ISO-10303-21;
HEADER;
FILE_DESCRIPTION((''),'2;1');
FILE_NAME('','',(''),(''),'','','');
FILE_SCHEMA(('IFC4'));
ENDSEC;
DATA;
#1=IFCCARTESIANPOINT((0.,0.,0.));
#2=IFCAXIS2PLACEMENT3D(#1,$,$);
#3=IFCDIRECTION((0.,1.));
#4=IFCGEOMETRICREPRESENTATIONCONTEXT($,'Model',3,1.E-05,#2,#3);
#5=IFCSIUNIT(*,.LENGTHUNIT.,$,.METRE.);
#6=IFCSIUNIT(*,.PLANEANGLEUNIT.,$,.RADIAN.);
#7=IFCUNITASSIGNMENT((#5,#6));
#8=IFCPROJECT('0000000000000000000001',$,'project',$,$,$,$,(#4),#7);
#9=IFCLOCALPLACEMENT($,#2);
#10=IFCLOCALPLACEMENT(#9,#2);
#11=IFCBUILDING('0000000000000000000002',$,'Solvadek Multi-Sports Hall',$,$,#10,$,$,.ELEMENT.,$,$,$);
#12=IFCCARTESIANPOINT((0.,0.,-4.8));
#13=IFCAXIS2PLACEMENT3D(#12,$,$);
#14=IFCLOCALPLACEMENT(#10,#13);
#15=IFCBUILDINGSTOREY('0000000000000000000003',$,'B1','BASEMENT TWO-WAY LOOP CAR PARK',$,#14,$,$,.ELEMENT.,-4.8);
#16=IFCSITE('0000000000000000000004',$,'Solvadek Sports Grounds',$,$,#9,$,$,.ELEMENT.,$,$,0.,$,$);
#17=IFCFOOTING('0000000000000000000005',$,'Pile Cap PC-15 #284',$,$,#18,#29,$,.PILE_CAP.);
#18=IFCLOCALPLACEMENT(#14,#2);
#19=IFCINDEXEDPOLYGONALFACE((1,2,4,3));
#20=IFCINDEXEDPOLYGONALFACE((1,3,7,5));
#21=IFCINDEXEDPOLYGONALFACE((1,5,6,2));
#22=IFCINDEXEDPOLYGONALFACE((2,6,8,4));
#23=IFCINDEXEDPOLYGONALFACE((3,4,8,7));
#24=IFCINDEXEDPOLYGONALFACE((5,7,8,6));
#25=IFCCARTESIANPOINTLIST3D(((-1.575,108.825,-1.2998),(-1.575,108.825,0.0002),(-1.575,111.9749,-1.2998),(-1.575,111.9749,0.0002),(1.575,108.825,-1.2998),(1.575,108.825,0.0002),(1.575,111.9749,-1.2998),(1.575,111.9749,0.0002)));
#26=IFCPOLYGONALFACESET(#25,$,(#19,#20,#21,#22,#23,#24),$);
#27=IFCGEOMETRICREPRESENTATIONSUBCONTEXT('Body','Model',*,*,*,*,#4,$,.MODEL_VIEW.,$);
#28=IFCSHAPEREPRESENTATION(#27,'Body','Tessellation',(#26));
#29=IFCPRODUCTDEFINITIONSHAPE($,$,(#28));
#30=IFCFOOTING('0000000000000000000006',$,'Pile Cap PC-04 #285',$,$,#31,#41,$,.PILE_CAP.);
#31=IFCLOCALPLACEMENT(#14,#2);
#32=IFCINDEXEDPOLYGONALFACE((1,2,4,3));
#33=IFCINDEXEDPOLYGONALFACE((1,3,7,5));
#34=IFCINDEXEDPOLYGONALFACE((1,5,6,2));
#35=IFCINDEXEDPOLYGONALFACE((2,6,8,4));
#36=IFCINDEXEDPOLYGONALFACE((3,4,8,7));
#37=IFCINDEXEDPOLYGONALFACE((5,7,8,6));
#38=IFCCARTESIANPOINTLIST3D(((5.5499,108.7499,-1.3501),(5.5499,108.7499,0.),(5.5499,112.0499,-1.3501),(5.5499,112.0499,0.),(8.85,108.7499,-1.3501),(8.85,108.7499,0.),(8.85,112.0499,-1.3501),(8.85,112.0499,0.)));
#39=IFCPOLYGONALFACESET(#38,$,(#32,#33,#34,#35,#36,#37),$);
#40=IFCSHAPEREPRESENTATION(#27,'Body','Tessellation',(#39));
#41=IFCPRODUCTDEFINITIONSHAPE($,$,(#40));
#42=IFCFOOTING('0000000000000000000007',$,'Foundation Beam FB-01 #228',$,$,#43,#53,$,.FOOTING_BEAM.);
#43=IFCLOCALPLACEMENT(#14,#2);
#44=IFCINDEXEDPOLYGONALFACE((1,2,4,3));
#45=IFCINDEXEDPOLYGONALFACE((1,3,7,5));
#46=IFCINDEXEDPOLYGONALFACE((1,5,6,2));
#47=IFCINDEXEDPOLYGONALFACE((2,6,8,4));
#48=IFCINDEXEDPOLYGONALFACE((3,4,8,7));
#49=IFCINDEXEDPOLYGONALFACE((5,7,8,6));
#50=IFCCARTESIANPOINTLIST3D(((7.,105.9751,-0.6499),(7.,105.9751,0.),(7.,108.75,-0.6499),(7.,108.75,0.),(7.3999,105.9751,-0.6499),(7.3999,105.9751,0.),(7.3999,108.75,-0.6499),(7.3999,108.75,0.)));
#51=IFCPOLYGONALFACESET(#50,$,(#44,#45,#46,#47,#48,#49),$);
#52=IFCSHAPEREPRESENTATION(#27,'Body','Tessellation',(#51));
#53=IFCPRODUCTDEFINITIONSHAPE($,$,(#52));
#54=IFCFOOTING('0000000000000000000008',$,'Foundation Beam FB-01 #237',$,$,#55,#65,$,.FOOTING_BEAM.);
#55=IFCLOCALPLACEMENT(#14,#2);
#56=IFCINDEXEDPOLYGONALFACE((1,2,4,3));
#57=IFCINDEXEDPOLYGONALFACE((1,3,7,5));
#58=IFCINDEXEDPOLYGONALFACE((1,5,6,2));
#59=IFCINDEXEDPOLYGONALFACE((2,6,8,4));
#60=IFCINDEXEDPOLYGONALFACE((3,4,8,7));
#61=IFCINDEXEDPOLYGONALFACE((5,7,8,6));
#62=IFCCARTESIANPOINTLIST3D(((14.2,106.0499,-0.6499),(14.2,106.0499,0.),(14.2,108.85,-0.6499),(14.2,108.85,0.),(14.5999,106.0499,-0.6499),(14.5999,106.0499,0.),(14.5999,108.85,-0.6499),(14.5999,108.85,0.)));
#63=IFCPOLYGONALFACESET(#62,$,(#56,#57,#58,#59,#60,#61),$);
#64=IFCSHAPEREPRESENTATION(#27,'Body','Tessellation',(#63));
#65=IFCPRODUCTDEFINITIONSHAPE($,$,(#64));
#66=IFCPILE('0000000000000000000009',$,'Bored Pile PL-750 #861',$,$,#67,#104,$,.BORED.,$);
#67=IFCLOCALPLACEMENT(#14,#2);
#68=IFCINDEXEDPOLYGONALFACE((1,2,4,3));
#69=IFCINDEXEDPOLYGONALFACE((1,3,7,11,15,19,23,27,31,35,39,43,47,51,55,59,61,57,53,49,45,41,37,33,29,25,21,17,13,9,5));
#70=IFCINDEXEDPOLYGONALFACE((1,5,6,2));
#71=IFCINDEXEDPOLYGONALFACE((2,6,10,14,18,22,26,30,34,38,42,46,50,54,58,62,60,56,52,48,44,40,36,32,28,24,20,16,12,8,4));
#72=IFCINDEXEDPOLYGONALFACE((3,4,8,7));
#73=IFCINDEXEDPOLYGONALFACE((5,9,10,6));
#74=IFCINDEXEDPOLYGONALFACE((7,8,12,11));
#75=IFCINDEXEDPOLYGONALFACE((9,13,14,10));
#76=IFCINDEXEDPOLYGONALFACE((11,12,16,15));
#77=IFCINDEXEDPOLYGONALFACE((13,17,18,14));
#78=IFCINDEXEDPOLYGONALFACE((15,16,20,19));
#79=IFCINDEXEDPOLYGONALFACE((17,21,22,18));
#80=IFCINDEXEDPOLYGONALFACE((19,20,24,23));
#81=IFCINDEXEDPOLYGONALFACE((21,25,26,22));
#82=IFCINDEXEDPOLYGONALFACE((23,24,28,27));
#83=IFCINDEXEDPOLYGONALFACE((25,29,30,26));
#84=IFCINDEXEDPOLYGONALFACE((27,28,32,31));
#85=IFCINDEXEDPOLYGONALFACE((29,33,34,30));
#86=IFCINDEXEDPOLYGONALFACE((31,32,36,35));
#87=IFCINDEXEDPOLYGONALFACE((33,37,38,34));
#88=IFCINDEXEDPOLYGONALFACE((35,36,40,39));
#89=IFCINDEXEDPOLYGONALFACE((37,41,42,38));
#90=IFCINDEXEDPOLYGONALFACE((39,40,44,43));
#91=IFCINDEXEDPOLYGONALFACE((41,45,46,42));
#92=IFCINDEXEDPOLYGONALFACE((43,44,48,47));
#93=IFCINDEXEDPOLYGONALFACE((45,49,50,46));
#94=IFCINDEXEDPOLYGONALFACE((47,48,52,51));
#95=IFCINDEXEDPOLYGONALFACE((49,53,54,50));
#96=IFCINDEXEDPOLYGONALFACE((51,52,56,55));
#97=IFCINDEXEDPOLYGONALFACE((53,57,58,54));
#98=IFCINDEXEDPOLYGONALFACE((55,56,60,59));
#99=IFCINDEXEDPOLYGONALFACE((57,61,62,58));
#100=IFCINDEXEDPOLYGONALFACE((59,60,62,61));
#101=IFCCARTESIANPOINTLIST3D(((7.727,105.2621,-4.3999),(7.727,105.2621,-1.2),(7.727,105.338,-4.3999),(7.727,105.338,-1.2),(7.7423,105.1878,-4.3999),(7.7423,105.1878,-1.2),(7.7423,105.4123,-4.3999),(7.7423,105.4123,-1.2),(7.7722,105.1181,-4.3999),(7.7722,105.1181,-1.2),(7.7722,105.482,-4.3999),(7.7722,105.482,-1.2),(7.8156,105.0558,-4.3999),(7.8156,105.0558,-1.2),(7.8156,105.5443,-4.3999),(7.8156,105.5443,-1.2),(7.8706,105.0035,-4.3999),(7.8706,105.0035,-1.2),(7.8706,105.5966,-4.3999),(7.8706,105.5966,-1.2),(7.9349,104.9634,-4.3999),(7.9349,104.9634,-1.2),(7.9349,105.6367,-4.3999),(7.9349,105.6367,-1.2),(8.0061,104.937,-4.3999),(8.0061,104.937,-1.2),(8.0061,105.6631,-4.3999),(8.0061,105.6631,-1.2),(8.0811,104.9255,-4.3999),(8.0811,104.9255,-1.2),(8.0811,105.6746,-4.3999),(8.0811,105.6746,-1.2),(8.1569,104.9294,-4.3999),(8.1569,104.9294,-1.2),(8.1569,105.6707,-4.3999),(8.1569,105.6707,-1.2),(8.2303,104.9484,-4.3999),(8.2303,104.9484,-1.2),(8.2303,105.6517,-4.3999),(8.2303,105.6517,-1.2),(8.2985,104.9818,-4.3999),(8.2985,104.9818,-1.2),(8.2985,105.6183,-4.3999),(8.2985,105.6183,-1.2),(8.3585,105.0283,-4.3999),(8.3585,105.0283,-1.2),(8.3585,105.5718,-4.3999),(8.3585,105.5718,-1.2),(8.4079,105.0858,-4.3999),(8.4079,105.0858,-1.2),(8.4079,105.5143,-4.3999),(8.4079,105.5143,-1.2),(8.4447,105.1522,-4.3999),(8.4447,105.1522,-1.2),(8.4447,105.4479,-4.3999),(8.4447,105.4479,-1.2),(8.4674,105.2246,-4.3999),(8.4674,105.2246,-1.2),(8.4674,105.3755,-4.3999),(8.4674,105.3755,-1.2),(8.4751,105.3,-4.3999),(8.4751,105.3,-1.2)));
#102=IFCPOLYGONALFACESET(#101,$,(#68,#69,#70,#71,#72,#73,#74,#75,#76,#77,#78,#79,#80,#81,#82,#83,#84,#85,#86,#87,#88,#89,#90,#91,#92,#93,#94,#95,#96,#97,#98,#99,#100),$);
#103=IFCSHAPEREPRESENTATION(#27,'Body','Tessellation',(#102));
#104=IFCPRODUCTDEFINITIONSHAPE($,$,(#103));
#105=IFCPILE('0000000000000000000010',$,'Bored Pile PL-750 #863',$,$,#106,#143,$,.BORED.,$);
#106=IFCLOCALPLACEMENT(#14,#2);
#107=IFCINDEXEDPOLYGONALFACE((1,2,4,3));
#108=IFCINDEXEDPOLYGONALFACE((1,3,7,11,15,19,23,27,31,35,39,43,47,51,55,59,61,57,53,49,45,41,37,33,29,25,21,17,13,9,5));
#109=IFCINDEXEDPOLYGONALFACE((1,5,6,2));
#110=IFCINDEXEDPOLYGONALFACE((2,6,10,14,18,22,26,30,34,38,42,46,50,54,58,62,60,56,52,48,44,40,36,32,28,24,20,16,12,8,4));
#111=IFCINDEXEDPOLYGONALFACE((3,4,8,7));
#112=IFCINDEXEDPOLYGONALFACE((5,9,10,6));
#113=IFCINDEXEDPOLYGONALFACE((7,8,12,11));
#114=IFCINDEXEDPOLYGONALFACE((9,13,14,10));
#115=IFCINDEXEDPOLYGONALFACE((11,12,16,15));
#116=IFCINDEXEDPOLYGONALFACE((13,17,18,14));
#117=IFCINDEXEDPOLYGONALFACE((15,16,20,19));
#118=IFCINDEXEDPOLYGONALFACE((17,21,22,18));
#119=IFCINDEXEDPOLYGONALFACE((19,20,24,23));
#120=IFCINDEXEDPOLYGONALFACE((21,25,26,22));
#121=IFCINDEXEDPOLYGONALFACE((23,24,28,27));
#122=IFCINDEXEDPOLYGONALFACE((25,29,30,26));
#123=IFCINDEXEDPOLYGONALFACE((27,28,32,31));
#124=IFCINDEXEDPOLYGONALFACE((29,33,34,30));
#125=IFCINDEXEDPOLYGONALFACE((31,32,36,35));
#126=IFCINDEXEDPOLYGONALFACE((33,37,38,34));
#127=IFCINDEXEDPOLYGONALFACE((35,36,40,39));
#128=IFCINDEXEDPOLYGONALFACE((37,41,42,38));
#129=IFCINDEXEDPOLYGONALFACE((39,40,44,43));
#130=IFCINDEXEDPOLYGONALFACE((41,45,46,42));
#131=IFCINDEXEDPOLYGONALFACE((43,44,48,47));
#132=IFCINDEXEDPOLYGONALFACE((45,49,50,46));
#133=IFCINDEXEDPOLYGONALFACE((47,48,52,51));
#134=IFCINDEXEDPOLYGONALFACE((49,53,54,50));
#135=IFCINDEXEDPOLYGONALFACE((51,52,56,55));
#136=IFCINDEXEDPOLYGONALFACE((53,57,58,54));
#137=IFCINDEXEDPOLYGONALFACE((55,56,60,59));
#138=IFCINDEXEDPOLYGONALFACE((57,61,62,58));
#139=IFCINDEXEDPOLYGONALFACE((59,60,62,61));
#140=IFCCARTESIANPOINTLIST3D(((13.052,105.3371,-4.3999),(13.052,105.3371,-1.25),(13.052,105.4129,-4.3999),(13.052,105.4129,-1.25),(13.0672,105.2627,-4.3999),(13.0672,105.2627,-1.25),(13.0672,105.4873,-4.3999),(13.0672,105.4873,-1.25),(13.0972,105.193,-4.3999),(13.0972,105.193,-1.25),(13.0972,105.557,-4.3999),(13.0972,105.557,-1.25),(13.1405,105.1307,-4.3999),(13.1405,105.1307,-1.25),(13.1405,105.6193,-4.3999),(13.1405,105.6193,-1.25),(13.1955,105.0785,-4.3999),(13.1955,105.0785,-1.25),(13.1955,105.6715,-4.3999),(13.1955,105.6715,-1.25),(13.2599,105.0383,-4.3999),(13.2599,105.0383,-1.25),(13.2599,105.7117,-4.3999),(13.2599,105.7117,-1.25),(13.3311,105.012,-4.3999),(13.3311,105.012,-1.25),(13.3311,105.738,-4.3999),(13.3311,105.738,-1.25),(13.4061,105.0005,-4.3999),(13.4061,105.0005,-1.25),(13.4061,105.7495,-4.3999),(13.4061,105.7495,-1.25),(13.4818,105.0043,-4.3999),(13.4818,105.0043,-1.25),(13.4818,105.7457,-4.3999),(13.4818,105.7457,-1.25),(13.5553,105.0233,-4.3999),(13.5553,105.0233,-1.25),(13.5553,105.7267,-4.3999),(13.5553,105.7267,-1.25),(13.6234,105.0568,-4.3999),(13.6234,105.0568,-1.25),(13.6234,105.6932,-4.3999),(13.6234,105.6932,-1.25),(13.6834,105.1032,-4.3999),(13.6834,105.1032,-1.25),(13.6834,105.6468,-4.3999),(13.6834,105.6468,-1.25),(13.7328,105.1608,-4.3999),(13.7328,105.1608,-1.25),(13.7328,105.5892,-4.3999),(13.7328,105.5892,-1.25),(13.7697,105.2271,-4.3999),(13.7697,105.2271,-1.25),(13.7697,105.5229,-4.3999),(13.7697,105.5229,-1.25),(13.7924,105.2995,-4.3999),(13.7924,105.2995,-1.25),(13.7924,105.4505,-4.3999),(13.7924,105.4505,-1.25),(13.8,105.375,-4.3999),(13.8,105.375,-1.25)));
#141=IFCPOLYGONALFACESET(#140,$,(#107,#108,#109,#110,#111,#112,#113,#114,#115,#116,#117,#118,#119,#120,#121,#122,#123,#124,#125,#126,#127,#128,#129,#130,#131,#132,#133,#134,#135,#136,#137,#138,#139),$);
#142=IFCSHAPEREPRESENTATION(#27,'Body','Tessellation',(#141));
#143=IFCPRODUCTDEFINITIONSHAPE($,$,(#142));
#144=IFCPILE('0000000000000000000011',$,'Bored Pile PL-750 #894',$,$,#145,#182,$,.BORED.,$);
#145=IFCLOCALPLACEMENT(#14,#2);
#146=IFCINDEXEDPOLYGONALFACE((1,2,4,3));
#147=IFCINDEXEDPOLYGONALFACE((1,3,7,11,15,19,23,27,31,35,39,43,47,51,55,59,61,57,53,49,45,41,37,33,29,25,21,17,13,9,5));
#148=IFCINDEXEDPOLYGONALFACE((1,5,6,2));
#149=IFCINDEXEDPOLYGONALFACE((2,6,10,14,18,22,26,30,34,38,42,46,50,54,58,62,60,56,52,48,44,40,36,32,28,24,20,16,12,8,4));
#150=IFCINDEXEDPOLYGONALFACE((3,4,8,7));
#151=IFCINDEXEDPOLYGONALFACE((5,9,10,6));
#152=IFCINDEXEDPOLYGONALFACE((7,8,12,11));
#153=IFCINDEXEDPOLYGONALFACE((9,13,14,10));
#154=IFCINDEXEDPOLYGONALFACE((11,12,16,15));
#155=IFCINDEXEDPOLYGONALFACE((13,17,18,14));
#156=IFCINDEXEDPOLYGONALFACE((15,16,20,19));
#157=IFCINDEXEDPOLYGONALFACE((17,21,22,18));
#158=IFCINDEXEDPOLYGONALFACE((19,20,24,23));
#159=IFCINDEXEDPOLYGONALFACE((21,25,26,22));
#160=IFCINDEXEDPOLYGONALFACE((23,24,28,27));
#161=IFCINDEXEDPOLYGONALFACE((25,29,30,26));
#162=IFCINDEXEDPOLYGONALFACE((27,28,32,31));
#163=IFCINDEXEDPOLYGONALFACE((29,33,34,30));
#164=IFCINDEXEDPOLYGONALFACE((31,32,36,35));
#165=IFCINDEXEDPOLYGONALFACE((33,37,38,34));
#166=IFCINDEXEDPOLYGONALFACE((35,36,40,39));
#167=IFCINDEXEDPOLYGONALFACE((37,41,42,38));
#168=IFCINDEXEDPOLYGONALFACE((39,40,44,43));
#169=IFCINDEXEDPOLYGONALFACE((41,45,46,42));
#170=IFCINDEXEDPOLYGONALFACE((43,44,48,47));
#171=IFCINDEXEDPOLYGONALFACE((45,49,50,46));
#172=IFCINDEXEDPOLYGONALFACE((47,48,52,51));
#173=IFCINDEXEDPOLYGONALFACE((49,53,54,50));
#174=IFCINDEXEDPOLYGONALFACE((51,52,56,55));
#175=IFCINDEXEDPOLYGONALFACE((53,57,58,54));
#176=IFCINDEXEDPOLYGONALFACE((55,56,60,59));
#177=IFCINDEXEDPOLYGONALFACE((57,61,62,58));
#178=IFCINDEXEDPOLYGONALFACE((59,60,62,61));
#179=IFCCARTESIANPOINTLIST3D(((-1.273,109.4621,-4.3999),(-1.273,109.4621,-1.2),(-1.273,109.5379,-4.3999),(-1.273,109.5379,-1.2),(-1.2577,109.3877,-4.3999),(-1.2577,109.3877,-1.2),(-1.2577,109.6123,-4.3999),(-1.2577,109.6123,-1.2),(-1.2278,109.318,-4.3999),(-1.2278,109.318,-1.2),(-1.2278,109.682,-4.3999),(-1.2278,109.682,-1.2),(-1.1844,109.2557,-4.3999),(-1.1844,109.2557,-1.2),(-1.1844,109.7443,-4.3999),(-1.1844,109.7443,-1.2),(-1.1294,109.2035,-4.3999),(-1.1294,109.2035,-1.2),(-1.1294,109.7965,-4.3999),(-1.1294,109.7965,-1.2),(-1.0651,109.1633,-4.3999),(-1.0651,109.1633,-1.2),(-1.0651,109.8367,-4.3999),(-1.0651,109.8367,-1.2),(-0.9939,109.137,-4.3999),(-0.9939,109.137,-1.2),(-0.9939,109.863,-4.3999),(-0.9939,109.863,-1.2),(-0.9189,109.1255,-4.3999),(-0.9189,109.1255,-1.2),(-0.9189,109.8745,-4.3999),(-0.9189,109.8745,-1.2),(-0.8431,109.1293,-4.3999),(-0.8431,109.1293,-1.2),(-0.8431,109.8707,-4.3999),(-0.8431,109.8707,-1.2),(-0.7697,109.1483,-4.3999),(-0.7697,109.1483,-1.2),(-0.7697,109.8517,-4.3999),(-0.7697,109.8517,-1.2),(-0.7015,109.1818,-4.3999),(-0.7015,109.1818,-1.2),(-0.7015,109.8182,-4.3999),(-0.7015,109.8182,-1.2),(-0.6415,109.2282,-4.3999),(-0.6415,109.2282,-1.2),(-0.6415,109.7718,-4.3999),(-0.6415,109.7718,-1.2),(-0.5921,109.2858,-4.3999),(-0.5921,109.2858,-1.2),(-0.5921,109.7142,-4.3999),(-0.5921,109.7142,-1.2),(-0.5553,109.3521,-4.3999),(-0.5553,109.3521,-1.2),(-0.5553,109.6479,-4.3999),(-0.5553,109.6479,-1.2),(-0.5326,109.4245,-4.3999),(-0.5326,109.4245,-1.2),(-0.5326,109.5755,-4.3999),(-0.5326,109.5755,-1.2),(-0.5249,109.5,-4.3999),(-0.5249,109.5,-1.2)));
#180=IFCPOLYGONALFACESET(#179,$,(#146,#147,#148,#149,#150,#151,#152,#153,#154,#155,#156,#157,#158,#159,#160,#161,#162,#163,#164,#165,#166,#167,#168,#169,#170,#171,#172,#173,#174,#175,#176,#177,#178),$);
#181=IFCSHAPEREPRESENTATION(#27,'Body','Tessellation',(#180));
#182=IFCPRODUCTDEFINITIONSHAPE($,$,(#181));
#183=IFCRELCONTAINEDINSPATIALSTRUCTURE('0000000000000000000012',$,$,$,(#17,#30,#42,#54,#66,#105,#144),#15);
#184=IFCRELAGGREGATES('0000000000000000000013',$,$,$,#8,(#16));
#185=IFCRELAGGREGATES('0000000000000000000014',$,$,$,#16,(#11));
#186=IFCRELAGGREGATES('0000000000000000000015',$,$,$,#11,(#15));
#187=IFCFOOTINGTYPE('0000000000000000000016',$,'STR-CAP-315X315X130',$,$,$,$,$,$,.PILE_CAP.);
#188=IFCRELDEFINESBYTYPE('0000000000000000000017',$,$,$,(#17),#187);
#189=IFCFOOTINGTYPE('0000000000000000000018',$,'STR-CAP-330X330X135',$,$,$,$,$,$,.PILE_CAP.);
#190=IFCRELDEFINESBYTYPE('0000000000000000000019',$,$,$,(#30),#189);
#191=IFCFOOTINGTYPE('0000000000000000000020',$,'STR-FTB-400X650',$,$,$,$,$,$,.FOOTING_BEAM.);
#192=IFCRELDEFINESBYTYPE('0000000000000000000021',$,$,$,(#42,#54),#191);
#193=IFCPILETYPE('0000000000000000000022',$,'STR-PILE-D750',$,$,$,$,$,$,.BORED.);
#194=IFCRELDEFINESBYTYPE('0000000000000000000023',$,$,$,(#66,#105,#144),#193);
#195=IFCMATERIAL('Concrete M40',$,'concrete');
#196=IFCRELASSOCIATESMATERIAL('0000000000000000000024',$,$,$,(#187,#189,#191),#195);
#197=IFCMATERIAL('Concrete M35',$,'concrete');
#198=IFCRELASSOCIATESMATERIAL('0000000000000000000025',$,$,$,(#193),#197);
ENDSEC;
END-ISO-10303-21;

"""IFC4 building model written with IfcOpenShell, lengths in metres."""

from ifc_helpers import new_model, si_unit, direction, frame, origin, origin_2d, place, context, subcontext, project, spatial, rectangle, circle, extrude, material, material_profile, profile_set, type_object, element, save


model = new_model("IFC4")

# Units and contexts
model_context = context("Model", 3, precision=1e-05, world=origin(), true_north=direction((0.0, 1.0)))
body_context = subcontext(model_context, "Body", "Model", "MODEL_VIEW")
ifc_project = project(units=[si_unit("LENGTHUNIT", "METRE"), si_unit("PLANEANGLEUNIT", "RADIAN")], contexts=[model_context])

# Site, building, storey
site_placement = place(None, origin())
site = spatial("IfcSite", under=ifc_project, at=site_placement, Name="Solvadek Sports Grounds", CompositionType="ELEMENT", RefElevation=0.0)
building_placement = place(site_placement, origin())
building = spatial("IfcBuilding", under=site, at=building_placement, Name="Solvadek Multi-Sports Hall", CompositionType="ELEMENT")
storey_placement = place(building_placement, frame((0.0, 0.0, -4.8)))
storey = spatial("IfcBuildingStorey", under=building, at=storey_placement, Name="B1", Description="BASEMENT TWO-WAY LOOP CAR PARK", CompositionType="ELEMENT", Elevation=-4.8)

# Footings
ifc_material_1 = material(Name="Concrete M40", Category="concrete")
footing_type_1 = type_object("IfcFootingType", Name="STR-CAP-315X315X130", PredefinedType="PILE_CAP", material=ifc_material_1)
footing_1_placement = place(storey_placement, frame((0.0, 110.3999, -1.2998), z_axis=(0.0, 0.0, 1.0), x_axis=(1.0, 0.0, 0.0)))
element("IfcFooting", 1, at=footing_1_placement, inside=storey, type_object=footing_type_1, Name="Pile Cap PC-15 #284", PredefinedType="PILE_CAP", context=body_context, shape_type="SweptSolid", body=[
    extrude(rectangle(XDim=3.1499, YDim=3.1499, at=origin_2d()), origin(), (0.0, 0.0, 1.0), 1.3),
])
footing_type_2 = type_object("IfcFootingType", Name="STR-CAP-330X330X135", PredefinedType="PILE_CAP", material=ifc_material_1)
footing_2_placement = place(storey_placement, frame((7.2, 110.3999, -1.3501), z_axis=(0.0, 0.0, 1.0), x_axis=(1.0, 0.0, 0.0)))
element("IfcFooting", 2, at=footing_2_placement, inside=storey, type_object=footing_type_2, Name="Pile Cap PC-04 #285", PredefinedType="PILE_CAP", context=body_context, shape_type="SweptSolid", body=[
    extrude(rectangle(XDim=3.3, YDim=3.3, at=origin_2d()), origin(), (0.0, 0.0, 1.0), 1.3501),
])
footing_type_3 = type_object("IfcFootingType", Name="STR-FTB-400X650", PredefinedType="FOOTING_BEAM", material=ifc_material_1)
footing_3_placement = place(storey_placement, frame((7.2, 107.3625, -0.6499), z_axis=(0.0, 0.0, 1.0), x_axis=(0.0, 1.0, 0.0)))
element("IfcFooting", 3, at=footing_3_placement, inside=storey, type_object=footing_type_3, Name="Foundation Beam FB-01 #228", PredefinedType="FOOTING_BEAM", context=body_context, shape_type="SweptSolid", body=[
    extrude(rectangle(XDim=2.7749, YDim=0.3999, at=origin_2d()), origin(), (0.0, 0.0, 1.0), 0.6499),
])
footing_4_placement = place(storey_placement, frame((14.3999, 107.45, -0.6499), z_axis=(0.0, 0.0, 1.0), x_axis=(0.0, 1.0, 0.0)))
element("IfcFooting", 4, at=footing_4_placement, inside=storey, type_object=footing_type_3, Name="Foundation Beam FB-01 #237", PredefinedType="FOOTING_BEAM", context=body_context, shape_type="SweptSolid", body=[
    extrude(rectangle(XDim=2.8, YDim=0.3999, at=origin_2d()), origin(), (0.0, 0.0, 1.0), 0.6499),
])

# Piles
ifc_material_2 = material(Name="Concrete M35", Category="concrete")
ifc_material_profile_1 = material_profile(ifc_material_2, circle(Radius=0.375, at=origin_2d()), Name="BORED PILE D750")
ifc_profile_set_1 = profile_set([ifc_material_profile_1], Name="Concrete M35")
pile_type = type_object("IfcPileType", Name="STR-PILE-D750", PredefinedType="BORED", material=ifc_profile_set_1)
pile_1_placement = place(storey_placement, frame((8.1001, 105.3, -1.2), z_axis=(0.0, 0.0, -1.0), x_axis=(1.0, 0.0, 0.0)))
element("IfcPile", 5, at=pile_1_placement, inside=storey, type_object=pile_type, Name="Bored Pile PL-750 #861", PredefinedType="BORED", context=body_context, shape_type="SweptSolid", body=[
    extrude(circle(Radius=0.375, at=origin_2d()), origin(), (0.0, 0.0, 1.0), 3.2),
])
pile_2_placement = place(storey_placement, frame((13.425, 105.375, -1.25), z_axis=(0.0, 0.0, -1.0), x_axis=(1.0, 0.0, 0.0)))
element("IfcPile", 6, at=pile_2_placement, inside=storey, type_object=pile_type, Name="Bored Pile PL-750 #863", PredefinedType="BORED", context=body_context, shape_type="SweptSolid", body=[
    extrude(circle(Radius=0.375, at=origin_2d()), origin(), (0.0, 0.0, 1.0), 3.1499),
])
for number, where, z_axis, x_axis, name in (
    (7, (-0.8999, 109.5, -1.2), (0.0, 0.0, -1.0), (1.0, 0.0, 0.0), "Bored Pile PL-750 #894"),
):
    element("IfcPile", number, at=place(storey_placement, frame(where, z_axis=z_axis, x_axis=x_axis)), inside=storey, type_object=pile_type, Name=name, PredefinedType="BORED", context=body_context, shape_type="SweptSolid", body=[
        extrude(circle(Radius=0.375, at=origin_2d()), origin(), (0.0, 0.0, 1.0), 3.2),
    ])

save(model, "model.ifc")
